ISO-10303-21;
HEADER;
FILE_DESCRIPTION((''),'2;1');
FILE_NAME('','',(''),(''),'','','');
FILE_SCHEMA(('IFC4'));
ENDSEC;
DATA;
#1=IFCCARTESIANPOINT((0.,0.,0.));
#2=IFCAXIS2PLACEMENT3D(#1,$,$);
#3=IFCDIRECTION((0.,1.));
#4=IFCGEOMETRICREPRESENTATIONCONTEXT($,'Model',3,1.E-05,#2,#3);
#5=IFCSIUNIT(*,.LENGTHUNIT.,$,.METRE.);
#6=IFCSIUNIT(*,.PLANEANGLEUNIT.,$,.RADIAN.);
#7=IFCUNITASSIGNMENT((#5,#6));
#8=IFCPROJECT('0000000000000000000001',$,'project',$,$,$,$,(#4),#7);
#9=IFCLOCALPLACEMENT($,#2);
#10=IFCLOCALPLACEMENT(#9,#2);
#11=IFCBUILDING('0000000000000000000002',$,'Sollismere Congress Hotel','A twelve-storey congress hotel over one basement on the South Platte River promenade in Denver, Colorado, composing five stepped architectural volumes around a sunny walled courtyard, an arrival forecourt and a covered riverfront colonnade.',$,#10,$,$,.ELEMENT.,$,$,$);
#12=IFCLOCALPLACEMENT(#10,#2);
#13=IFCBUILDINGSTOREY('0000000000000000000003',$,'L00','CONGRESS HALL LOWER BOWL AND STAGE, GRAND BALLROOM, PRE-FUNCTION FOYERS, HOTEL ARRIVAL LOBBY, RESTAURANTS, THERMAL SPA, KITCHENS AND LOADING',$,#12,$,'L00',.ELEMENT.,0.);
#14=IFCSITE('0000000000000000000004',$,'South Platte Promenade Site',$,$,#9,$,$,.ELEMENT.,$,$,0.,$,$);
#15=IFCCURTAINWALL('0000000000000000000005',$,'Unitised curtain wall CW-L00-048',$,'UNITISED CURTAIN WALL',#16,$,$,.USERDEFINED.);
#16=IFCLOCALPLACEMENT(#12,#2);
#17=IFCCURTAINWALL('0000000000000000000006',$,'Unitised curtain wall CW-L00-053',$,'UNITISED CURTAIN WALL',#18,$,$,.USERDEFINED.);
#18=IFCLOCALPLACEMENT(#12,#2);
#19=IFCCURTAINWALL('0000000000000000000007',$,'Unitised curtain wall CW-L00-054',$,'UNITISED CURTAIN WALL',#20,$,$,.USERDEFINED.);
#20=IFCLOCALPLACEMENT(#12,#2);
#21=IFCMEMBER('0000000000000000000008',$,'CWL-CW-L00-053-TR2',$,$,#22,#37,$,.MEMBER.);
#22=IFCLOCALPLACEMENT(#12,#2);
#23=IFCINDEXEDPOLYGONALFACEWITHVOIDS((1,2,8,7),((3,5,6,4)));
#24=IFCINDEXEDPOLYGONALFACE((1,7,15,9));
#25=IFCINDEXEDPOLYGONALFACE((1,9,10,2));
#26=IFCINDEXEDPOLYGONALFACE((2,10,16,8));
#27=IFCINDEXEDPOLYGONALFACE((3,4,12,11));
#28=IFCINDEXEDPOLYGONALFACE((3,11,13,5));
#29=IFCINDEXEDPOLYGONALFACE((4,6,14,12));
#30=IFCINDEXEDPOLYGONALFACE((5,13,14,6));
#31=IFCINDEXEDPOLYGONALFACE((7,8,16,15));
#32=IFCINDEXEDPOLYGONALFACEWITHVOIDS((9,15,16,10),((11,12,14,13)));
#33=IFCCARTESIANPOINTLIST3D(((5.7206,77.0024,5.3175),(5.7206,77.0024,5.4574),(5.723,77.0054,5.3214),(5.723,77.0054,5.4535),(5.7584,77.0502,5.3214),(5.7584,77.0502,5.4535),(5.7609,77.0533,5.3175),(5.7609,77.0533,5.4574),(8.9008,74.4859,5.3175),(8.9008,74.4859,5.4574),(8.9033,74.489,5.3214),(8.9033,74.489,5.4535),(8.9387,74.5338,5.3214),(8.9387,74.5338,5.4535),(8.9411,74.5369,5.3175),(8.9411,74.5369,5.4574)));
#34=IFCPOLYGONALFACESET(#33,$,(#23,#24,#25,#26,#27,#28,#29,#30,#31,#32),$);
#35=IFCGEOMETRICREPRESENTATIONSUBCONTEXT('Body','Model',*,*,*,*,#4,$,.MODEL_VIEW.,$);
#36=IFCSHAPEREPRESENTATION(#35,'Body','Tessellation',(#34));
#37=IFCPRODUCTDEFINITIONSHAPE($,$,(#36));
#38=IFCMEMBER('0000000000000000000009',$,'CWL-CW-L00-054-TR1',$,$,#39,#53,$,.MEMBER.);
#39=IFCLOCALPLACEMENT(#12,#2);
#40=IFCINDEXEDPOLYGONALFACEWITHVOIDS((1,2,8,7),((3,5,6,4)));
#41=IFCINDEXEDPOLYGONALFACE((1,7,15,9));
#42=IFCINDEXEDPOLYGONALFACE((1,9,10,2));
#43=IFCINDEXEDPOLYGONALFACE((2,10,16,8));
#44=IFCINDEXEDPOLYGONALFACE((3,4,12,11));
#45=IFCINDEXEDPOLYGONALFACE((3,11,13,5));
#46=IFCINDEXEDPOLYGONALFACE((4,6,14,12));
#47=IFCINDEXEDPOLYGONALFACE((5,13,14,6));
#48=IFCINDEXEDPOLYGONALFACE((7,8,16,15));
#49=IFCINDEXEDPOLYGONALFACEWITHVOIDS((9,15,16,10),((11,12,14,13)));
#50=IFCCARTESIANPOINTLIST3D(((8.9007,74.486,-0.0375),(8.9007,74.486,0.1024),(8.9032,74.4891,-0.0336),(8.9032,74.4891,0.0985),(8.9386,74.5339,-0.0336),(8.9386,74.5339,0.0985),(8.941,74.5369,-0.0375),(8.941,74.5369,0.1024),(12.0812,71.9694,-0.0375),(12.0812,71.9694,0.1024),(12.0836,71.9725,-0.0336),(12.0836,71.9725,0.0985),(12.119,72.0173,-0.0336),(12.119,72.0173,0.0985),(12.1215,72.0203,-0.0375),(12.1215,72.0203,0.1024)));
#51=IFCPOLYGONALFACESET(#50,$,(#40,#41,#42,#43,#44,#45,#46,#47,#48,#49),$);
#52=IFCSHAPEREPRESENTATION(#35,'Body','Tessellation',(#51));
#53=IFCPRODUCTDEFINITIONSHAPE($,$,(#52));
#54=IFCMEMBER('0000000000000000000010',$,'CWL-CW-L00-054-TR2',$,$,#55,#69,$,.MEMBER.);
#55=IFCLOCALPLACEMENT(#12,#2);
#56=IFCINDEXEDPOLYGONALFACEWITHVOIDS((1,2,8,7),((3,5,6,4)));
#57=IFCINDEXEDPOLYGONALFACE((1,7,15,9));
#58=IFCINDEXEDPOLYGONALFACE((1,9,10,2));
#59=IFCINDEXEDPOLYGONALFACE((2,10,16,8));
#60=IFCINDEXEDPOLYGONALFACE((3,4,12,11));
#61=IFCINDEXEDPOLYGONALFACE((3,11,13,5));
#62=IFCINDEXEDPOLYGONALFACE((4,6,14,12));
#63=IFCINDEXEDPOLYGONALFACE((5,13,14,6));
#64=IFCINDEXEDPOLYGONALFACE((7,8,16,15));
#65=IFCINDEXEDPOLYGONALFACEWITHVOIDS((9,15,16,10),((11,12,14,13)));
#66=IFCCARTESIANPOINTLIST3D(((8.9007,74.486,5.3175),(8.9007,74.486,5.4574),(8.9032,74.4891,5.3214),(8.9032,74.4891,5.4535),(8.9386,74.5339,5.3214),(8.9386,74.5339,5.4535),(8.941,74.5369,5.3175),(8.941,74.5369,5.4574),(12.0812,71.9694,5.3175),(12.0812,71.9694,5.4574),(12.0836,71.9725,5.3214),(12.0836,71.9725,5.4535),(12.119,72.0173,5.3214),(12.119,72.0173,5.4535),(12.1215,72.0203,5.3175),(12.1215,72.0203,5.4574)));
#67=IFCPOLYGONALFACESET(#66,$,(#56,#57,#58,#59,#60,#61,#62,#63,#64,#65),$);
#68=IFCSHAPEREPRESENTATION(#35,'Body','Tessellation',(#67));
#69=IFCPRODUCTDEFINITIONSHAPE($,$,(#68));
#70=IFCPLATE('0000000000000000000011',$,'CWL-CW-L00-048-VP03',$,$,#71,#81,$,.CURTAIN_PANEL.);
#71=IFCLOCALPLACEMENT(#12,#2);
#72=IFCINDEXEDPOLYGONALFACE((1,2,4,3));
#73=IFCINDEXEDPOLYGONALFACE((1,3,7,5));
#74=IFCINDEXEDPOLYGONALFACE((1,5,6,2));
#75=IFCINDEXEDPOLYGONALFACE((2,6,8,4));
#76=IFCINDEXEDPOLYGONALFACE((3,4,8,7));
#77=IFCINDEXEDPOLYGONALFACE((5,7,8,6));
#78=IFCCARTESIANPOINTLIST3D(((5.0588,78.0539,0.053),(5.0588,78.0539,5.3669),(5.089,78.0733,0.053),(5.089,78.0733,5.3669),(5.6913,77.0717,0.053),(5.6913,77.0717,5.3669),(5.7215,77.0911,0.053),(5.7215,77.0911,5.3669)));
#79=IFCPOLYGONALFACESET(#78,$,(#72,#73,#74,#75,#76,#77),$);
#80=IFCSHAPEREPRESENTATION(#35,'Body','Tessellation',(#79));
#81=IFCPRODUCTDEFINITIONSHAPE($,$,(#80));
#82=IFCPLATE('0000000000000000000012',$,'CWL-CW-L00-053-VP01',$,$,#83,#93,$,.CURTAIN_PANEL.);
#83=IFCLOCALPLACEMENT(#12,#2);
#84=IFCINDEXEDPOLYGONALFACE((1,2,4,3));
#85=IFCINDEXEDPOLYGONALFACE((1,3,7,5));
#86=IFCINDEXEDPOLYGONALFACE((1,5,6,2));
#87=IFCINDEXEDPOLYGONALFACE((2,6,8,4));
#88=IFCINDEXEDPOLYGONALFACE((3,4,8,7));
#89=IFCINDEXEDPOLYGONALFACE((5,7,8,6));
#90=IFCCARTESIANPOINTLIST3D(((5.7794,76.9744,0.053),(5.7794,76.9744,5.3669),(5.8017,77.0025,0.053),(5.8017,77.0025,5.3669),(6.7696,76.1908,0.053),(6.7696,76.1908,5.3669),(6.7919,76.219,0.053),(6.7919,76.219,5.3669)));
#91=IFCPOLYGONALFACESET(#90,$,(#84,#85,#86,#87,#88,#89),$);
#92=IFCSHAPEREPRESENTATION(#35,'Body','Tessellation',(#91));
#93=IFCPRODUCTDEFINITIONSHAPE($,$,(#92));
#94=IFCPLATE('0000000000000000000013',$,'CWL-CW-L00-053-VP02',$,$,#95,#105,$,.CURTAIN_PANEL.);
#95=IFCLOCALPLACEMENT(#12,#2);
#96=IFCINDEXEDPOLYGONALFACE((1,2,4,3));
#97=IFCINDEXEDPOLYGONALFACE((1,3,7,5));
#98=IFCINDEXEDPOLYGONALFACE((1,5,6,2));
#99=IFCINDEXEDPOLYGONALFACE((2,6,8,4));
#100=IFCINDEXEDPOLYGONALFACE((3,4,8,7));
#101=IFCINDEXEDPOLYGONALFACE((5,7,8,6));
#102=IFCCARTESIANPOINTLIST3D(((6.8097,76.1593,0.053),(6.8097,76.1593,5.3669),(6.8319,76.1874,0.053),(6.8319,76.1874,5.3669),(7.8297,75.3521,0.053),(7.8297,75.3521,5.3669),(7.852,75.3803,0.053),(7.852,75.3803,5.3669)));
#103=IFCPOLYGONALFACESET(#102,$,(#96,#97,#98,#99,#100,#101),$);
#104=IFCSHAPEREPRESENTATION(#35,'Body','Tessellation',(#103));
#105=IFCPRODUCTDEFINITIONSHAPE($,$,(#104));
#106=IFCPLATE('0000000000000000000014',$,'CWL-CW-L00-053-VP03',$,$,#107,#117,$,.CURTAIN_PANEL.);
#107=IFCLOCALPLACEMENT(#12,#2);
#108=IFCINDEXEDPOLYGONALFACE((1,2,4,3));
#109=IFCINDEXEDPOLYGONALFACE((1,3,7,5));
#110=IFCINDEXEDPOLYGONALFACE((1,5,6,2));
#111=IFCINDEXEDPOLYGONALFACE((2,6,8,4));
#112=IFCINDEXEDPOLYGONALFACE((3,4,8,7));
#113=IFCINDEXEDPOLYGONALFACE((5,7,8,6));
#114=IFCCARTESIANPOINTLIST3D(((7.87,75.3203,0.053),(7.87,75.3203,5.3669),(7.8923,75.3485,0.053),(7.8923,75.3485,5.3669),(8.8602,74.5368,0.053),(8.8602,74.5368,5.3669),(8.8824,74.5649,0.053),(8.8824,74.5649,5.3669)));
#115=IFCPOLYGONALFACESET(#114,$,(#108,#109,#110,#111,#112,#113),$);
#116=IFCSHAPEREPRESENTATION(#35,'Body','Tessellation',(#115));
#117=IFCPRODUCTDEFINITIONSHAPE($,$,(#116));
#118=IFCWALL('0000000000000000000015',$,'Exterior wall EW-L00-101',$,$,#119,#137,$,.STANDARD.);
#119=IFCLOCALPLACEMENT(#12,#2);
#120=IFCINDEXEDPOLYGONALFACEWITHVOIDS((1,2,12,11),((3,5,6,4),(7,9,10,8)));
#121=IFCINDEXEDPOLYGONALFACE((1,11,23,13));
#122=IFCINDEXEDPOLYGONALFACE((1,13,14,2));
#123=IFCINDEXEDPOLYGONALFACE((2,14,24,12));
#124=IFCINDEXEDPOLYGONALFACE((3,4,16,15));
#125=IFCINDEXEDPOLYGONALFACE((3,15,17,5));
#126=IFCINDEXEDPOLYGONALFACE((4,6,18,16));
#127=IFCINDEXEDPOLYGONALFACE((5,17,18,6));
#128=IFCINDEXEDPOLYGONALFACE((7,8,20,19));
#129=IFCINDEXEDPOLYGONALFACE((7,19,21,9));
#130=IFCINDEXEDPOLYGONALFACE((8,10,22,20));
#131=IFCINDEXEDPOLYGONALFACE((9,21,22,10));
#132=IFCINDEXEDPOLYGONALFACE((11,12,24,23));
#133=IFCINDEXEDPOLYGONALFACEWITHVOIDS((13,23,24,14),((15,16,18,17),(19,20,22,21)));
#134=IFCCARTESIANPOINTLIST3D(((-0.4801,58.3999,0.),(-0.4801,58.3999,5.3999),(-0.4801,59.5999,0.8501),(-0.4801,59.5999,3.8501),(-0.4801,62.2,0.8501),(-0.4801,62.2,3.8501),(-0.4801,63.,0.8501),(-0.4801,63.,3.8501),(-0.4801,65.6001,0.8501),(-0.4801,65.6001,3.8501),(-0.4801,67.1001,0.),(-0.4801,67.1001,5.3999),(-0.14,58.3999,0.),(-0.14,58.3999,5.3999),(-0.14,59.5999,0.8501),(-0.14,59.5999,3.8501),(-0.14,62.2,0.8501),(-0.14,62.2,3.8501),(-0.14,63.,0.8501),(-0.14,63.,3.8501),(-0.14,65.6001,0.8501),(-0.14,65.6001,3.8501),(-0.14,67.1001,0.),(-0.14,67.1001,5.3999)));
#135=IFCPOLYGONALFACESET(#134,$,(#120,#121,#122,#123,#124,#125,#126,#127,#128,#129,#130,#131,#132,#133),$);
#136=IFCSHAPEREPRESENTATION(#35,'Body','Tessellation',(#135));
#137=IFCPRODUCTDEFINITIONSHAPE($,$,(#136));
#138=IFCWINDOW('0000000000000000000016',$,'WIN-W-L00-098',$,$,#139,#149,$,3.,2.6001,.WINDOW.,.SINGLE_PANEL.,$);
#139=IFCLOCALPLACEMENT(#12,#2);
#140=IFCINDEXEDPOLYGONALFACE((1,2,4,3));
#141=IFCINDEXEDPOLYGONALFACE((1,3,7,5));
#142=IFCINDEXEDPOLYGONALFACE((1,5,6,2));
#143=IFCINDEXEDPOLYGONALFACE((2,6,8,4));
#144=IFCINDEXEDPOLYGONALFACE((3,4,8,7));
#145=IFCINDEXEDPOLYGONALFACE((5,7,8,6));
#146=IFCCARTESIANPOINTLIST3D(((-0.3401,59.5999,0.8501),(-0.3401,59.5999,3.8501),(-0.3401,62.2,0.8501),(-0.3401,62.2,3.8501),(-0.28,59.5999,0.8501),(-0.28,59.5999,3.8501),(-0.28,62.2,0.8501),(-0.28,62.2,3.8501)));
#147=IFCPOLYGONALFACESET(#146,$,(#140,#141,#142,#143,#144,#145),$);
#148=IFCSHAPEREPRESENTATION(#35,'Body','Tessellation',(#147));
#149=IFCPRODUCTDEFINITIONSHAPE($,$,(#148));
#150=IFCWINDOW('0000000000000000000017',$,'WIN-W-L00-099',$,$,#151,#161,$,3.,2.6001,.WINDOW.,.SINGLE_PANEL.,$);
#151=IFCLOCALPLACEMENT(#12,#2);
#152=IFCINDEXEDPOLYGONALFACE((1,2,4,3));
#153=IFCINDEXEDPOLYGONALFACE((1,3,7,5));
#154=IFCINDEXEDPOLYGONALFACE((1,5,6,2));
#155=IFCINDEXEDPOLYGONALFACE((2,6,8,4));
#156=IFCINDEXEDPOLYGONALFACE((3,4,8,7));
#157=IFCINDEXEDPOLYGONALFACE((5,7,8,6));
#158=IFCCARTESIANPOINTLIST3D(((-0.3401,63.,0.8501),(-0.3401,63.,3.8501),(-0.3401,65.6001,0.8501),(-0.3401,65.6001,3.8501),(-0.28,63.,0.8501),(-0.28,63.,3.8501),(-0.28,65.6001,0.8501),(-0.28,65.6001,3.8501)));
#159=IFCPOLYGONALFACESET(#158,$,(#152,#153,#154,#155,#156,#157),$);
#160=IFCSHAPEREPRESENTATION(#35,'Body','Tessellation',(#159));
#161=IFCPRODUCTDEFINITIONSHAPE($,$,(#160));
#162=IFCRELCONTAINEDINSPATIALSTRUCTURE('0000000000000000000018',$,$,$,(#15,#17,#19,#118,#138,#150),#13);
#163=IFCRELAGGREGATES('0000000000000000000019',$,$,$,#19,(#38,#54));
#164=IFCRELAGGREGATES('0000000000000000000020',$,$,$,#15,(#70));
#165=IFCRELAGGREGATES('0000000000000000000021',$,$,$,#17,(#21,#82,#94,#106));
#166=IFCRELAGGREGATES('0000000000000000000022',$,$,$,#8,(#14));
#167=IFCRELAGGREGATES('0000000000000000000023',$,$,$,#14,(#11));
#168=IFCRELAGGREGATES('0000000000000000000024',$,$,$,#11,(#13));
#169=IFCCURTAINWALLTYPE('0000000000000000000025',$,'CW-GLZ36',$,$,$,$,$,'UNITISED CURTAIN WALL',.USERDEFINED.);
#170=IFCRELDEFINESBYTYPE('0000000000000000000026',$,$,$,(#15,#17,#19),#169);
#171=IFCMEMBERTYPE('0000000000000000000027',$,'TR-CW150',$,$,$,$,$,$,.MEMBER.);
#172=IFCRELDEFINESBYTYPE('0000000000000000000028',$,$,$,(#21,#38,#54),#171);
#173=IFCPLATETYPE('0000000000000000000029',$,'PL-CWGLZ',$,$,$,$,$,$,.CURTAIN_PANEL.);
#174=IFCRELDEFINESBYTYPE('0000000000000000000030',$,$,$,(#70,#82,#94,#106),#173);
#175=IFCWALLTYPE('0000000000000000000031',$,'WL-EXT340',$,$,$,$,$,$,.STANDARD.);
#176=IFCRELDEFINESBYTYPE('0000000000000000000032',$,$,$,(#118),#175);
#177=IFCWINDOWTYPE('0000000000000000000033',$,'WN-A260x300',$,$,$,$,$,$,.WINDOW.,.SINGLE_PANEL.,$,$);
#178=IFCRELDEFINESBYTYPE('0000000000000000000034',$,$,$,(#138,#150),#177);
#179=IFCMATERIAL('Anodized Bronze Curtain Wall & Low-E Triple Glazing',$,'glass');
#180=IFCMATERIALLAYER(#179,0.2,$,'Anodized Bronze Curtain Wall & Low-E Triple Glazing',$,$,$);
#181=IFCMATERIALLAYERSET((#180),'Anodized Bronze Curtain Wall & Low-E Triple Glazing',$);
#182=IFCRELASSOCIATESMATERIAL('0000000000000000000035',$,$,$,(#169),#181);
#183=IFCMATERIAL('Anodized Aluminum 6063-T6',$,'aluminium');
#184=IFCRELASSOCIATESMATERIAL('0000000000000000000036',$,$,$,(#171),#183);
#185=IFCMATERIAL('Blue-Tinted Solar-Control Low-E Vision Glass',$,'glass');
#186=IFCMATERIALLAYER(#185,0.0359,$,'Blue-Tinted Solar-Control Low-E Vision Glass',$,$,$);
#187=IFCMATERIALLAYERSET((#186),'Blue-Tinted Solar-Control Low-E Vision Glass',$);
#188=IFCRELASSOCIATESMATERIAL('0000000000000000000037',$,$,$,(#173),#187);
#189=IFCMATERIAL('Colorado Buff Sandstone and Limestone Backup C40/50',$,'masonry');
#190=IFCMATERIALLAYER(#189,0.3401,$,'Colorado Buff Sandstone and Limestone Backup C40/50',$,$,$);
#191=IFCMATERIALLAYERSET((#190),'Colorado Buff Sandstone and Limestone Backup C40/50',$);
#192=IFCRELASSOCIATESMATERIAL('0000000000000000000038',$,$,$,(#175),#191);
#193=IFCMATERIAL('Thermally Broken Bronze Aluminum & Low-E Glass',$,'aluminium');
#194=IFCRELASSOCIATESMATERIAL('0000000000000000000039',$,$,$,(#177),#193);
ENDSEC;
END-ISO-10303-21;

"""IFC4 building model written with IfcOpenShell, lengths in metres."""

from ifc_helpers import new_model, si_unit, direction, frame, frame_2d, origin, origin_2d, place, context, subcontext, project, spatial, rectangle, hollow_rectangle, extrude, material, layer, layer_set, material_profile, profile_set, type_object, element, fill, aggregate, save


model = new_model("IFC4")

# Units and contexts
model_context = context("Model", 3, precision=1e-05, world=origin(), true_north=direction((0.0, 1.0)))
body_context = subcontext(model_context, "Body", "Model", "MODEL_VIEW")
ifc_project = project(units=[si_unit("LENGTHUNIT", "METRE"), si_unit("PLANEANGLEUNIT", "RADIAN")], contexts=[model_context])

# Site, building, storey
site_placement = place(None, origin())
site = spatial("IfcSite", under=ifc_project, at=site_placement, Name="South Platte Promenade Site", CompositionType="ELEMENT", RefElevation=0.0)
building_placement = place(site_placement, origin())
building = spatial("IfcBuilding", under=site, at=building_placement, Name="Sollismere Congress Hotel", Description="A twelve-storey congress hotel over one basement on the South Platte River promenade in Denver, Colorado, composing five stepped architectural volumes around a sunny walled courtyard, an arrival forecourt and a covered riverfront colonnade.", CompositionType="ELEMENT")
storey_placement = place(building_placement, origin())
storey = spatial("IfcBuildingStorey", under=building, at=storey_placement, Name="L00", Description="CONGRESS HALL LOWER BOWL AND STAGE, GRAND BALLROOM, PRE-FUNCTION FOYERS, HOTEL ARRIVAL LOBBY, RESTAURANTS, THERMAL SPA, KITCHENS AND LOADING", LongName="L00", CompositionType="ELEMENT", Elevation=0.0)

# Curtain wall
ifc_material_1 = material(Name="Anodized Bronze Curtain Wall & Low-E Triple Glazing", Category="glass")
ifc_layer_1 = layer(ifc_material_1, 0.2, Name="Anodized Bronze Curtain Wall & Low-E Triple Glazing")
ifc_layer_set_1 = layer_set([ifc_layer_1], Name="Anodized Bronze Curtain Wall & Low-E Triple Glazing")
curtain_wall_type = type_object("IfcCurtainWallType", Name="CW-GLZ36", ElementType="UNITISED CURTAIN WALL", PredefinedType="USERDEFINED", material=ifc_layer_set_1)
curtain_wall_1_placement = place(storey_placement, origin())
curtain_wall_1 = element("IfcCurtainWall", 1, at=curtain_wall_1_placement, inside=storey, type_object=curtain_wall_type, Name="Unitised curtain wall CW-L00-048", ObjectType="UNITISED CURTAIN WALL", PredefinedType="USERDEFINED")
ifc_material_2 = material(Name="Anodized Aluminum 6063-T6", Category="aluminium")

# Curtain wall
curtain_wall_2_placement = place(storey_placement, origin())
curtain_wall_2 = element("IfcCurtainWall", 2, at=curtain_wall_2_placement, inside=storey, type_object=curtain_wall_type, Name="Unitised curtain wall CW-L00-053", ObjectType="UNITISED CURTAIN WALL", PredefinedType="USERDEFINED")

# Curtain wall
curtain_wall_3_placement = place(storey_placement, origin())
curtain_wall_3 = element("IfcCurtainWall", 3, at=curtain_wall_3_placement, inside=storey, type_object=curtain_wall_type, Name="Unitised curtain wall CW-L00-054", ObjectType="UNITISED CURTAIN WALL", PredefinedType="USERDEFINED")

# Members
ifc_material_profile_1 = material_profile(ifc_material_2, hollow_rectangle(XDim=0.0649, YDim=0.1399, WallThickness=0.0039, at=origin_2d()), Name="ALU140X65X4")
ifc_profile_set_1 = profile_set([ifc_material_profile_1], Name="Anodized Aluminum 6063-T6")
member_type_1 = type_object("IfcMemberType", Name="TR-CW150", PredefinedType="MEMBER", material=ifc_profile_set_1)
member_1_placement = place(storey_placement, frame((5.7407, 77.0278, 5.3875), z_axis=(0.7842, -0.620509, 0.0), x_axis=(0.620509, 0.7842, 0.0)))
member_1 = element("IfcMember", 4, at=member_1_placement, type_object=member_type_1, Name="CWL-CW-L00-053-TR2", PredefinedType="MEMBER", context=body_context, shape_type="SweptSolid", body=[
    extrude(hollow_rectangle(XDim=0.0649, YDim=0.1399, WallThickness=0.0039, at=origin_2d()), origin(), (0.0, 0.0, 1.0), 4.0554),
])
member_2_placement = place(storey_placement, frame((8.9209, 74.5115, 0.0325), z_axis=(0.784194, -0.620516, 0.0), x_axis=(0.620516, 0.784194, 0.0)))
member_2 = element("IfcMember", 5, at=member_2_placement, type_object=member_type_1, Name="CWL-CW-L00-054-TR1", PredefinedType="MEMBER", context=body_context, shape_type="SweptSolid", body=[
    extrude(hollow_rectangle(XDim=0.0649, YDim=0.1399, WallThickness=0.0039, at=origin_2d()), origin(), (0.0, 0.0, 1.0), 4.0557),
])
member_3_placement = place(storey_placement, frame((8.9209, 74.5115, 5.3875), z_axis=(0.784194, -0.620516, 0.0), x_axis=(0.620516, 0.784194, 0.0)))
member_3 = element("IfcMember", 6, at=member_3_placement, type_object=member_type_1, Name="CWL-CW-L00-054-TR2", PredefinedType="MEMBER", context=body_context, shape_type="SweptSolid", body=[
    extrude(hollow_rectangle(XDim=0.0649, YDim=0.1399, WallThickness=0.0039, at=origin_2d()), origin(), (0.0, 0.0, 1.0), 4.0557),
])
aggregate(curtain_wall_3, [member_2, member_3])

# Plates
ifc_material_3 = material(Name="Blue-Tinted Solar-Control Low-E Vision Glass", Category="glass")
ifc_layer_2 = layer(ifc_material_3, 0.0359, Name="Blue-Tinted Solar-Control Low-E Vision Glass")
ifc_layer_set_2 = layer_set([ifc_layer_2], Name="Blue-Tinted Solar-Control Low-E Vision Glass")
plate_type = type_object("IfcPlateType", Name="PL-CWGLZ", PredefinedType="CURTAIN_PANEL", material=ifc_layer_set_2)
plate_1_placement = place(storey_placement, frame((5.3901, 77.5725, 0.053), z_axis=(0.0, 0.0, 1.0), x_axis=(0.541385, -0.840775, 0.0)))
plate_1 = element("IfcPlate", 7, at=plate_1_placement, type_object=plate_type, Name="CWL-CW-L00-048-VP03", PredefinedType="CURTAIN_PANEL", context=body_context, shape_type="SweptSolid", body=[
    extrude(rectangle(XDim=1.1682, YDim=0.0359, at=origin_2d()), origin(), (0.0, 0.0, 1.0), 5.314),
])
aggregate(curtain_wall_1, [plate_1])
plate_2_placement = place(storey_placement, frame((6.2856, 76.5967, 0.053), z_axis=(0.0, 0.0, 1.0), x_axis=(0.784181, -0.620532, 0.0)))
plate_2 = element("IfcPlate", 8, at=plate_2_placement, type_object=plate_type, Name="CWL-CW-L00-053-VP01", PredefinedType="CURTAIN_PANEL", context=body_context, shape_type="SweptSolid", body=[
    extrude(rectangle(XDim=1.2627, YDim=0.0359, at=origin_2d()), origin(), (0.0, 0.0, 1.0), 5.314),
])
plate_3_placement = place(storey_placement, frame((7.3308, 75.7698, 0.053), z_axis=(0.0, 0.0, 1.0), x_axis=(0.784181, -0.620532, 0.0)))
plate_3 = element("IfcPlate", 9, at=plate_3_placement, type_object=plate_type, Name="CWL-CW-L00-053-VP02", PredefinedType="CURTAIN_PANEL", context=body_context, shape_type="SweptSolid", body=[
    extrude(rectangle(XDim=1.3008, YDim=0.0359, at=origin_2d()), origin(), (0.0, 0.0, 1.0), 5.314),
])
plate_4_placement = place(storey_placement, frame((8.3762, 74.9426, 0.053), z_axis=(0.0, 0.0, 1.0), x_axis=(0.784181, -0.620532, 0.0)))
plate_4 = element("IfcPlate", 10, at=plate_4_placement, type_object=plate_type, Name="CWL-CW-L00-053-VP03", PredefinedType="CURTAIN_PANEL", context=body_context, shape_type="SweptSolid", body=[
    extrude(rectangle(XDim=1.2627, YDim=0.0359, at=origin_2d()), origin(), (0.0, 0.0, 1.0), 5.314),
])
aggregate(curtain_wall_2, [member_1, plate_2, plate_3, plate_4])

# Wall, openings, windows
ifc_material_4 = material(Name="Colorado Buff Sandstone and Limestone Backup C40/50", Category="masonry")
ifc_layer_3 = layer(ifc_material_4, 0.3401, Name="Colorado Buff Sandstone and Limestone Backup C40/50")
ifc_layer_set_3 = layer_set([ifc_layer_3], Name="Colorado Buff Sandstone and Limestone Backup C40/50")
wall_type_1 = type_object("IfcWallType", Name="WL-EXT340", PredefinedType="STANDARD", material=ifc_layer_set_3)
wall_1_placement = place(storey_placement, frame((-0.3101, 58.3999, 0.0), z_axis=(0.0, 0.0, 1.0), x_axis=(0.0, 1.0, 0.0)))
wall_1 = element("IfcWall", 11, at=wall_1_placement, inside=storey, type_object=wall_type_1, Name="Exterior wall EW-L00-101", PredefinedType="STANDARD", context=body_context, shape_type="SweptSolid", body=[
    extrude(rectangle(XDim=8.7002, YDim=0.3401, at=frame_2d((4.3501, 0.0))), origin(), (0.0, 0.0, 1.0), 5.3999),
])
opening_1_placement = place(wall_1_placement, frame((1.2, 0.0, 0.8501)))
opening_1 = element("IfcOpeningElement", 12, at=opening_1_placement, cuts=wall_1, PredefinedType="OPENING", context=body_context, shape_type="SweptSolid", body=[
    extrude(rectangle(XDim=2.6001, YDim=3.0, at=frame_2d((1.3, 1.5))), frame((0.0, 0.1799, 0.0), z_axis=(0.0, -1.0, 0.0), x_axis=(1.0, 0.0, 0.0)), (0.0, 0.0, 1.0), 0.3601),
])
opening_2_placement = place(wall_1_placement, frame((4.6001, 0.0, 0.8501)))
opening_2 = element("IfcOpeningElement", 13, at=opening_2_placement, cuts=wall_1, PredefinedType="OPENING", context=body_context, shape_type="SweptSolid", body=[
    extrude(rectangle(XDim=2.6001, YDim=3.0, at=frame_2d((1.3, 1.5))), frame((0.0, 0.1799, 0.0), z_axis=(0.0, -1.0, 0.0), x_axis=(1.0, 0.0, 0.0)), (0.0, 0.0, 1.0), 0.3601),
])
ifc_material_5 = material(Name="Thermally Broken Bronze Aluminum & Low-E Glass", Category="aluminium")
window_type_1 = type_object("IfcWindowType", Name="WN-A260x300", PartitioningType="SINGLE_PANEL", PredefinedType="WINDOW", material=ifc_material_5)
window_1_placement = place(opening_1_placement, origin())
window_1 = element("IfcWindow", 14, at=window_1_placement, inside=storey, type_object=window_type_1, Name="WIN-W-L00-098", OverallHeight=3.0, OverallWidth=2.6001, PartitioningType="SINGLE_PANEL", PredefinedType="WINDOW", context=body_context, shape_type="SweptSolid", body=[
    extrude(rectangle(XDim=2.6001, YDim=3.0, at=frame_2d((1.3, 1.5))), frame((0.0, 0.03, 0.0), z_axis=(0.0, -1.0, 0.0), x_axis=(1.0, 0.0, 0.0)), (0.0, 0.0, 1.0), 0.0601),
])
fill(opening_1, window_1)
window_2_placement = place(opening_2_placement, origin())
window_2 = element("IfcWindow", 15, at=window_2_placement, inside=storey, type_object=window_type_1, Name="WIN-W-L00-099", OverallHeight=3.0, OverallWidth=2.6001, PartitioningType="SINGLE_PANEL", PredefinedType="WINDOW", context=body_context, shape_type="SweptSolid", body=[
    extrude(rectangle(XDim=2.6001, YDim=3.0, at=frame_2d((1.3, 1.5))), frame((0.0, 0.03, 0.0), z_axis=(0.0, -1.0, 0.0), x_axis=(1.0, 0.0, 0.0)), (0.0, 0.0, 1.0), 0.0601),
])
fill(opening_2, window_2)

save(model, "model.ifc")
